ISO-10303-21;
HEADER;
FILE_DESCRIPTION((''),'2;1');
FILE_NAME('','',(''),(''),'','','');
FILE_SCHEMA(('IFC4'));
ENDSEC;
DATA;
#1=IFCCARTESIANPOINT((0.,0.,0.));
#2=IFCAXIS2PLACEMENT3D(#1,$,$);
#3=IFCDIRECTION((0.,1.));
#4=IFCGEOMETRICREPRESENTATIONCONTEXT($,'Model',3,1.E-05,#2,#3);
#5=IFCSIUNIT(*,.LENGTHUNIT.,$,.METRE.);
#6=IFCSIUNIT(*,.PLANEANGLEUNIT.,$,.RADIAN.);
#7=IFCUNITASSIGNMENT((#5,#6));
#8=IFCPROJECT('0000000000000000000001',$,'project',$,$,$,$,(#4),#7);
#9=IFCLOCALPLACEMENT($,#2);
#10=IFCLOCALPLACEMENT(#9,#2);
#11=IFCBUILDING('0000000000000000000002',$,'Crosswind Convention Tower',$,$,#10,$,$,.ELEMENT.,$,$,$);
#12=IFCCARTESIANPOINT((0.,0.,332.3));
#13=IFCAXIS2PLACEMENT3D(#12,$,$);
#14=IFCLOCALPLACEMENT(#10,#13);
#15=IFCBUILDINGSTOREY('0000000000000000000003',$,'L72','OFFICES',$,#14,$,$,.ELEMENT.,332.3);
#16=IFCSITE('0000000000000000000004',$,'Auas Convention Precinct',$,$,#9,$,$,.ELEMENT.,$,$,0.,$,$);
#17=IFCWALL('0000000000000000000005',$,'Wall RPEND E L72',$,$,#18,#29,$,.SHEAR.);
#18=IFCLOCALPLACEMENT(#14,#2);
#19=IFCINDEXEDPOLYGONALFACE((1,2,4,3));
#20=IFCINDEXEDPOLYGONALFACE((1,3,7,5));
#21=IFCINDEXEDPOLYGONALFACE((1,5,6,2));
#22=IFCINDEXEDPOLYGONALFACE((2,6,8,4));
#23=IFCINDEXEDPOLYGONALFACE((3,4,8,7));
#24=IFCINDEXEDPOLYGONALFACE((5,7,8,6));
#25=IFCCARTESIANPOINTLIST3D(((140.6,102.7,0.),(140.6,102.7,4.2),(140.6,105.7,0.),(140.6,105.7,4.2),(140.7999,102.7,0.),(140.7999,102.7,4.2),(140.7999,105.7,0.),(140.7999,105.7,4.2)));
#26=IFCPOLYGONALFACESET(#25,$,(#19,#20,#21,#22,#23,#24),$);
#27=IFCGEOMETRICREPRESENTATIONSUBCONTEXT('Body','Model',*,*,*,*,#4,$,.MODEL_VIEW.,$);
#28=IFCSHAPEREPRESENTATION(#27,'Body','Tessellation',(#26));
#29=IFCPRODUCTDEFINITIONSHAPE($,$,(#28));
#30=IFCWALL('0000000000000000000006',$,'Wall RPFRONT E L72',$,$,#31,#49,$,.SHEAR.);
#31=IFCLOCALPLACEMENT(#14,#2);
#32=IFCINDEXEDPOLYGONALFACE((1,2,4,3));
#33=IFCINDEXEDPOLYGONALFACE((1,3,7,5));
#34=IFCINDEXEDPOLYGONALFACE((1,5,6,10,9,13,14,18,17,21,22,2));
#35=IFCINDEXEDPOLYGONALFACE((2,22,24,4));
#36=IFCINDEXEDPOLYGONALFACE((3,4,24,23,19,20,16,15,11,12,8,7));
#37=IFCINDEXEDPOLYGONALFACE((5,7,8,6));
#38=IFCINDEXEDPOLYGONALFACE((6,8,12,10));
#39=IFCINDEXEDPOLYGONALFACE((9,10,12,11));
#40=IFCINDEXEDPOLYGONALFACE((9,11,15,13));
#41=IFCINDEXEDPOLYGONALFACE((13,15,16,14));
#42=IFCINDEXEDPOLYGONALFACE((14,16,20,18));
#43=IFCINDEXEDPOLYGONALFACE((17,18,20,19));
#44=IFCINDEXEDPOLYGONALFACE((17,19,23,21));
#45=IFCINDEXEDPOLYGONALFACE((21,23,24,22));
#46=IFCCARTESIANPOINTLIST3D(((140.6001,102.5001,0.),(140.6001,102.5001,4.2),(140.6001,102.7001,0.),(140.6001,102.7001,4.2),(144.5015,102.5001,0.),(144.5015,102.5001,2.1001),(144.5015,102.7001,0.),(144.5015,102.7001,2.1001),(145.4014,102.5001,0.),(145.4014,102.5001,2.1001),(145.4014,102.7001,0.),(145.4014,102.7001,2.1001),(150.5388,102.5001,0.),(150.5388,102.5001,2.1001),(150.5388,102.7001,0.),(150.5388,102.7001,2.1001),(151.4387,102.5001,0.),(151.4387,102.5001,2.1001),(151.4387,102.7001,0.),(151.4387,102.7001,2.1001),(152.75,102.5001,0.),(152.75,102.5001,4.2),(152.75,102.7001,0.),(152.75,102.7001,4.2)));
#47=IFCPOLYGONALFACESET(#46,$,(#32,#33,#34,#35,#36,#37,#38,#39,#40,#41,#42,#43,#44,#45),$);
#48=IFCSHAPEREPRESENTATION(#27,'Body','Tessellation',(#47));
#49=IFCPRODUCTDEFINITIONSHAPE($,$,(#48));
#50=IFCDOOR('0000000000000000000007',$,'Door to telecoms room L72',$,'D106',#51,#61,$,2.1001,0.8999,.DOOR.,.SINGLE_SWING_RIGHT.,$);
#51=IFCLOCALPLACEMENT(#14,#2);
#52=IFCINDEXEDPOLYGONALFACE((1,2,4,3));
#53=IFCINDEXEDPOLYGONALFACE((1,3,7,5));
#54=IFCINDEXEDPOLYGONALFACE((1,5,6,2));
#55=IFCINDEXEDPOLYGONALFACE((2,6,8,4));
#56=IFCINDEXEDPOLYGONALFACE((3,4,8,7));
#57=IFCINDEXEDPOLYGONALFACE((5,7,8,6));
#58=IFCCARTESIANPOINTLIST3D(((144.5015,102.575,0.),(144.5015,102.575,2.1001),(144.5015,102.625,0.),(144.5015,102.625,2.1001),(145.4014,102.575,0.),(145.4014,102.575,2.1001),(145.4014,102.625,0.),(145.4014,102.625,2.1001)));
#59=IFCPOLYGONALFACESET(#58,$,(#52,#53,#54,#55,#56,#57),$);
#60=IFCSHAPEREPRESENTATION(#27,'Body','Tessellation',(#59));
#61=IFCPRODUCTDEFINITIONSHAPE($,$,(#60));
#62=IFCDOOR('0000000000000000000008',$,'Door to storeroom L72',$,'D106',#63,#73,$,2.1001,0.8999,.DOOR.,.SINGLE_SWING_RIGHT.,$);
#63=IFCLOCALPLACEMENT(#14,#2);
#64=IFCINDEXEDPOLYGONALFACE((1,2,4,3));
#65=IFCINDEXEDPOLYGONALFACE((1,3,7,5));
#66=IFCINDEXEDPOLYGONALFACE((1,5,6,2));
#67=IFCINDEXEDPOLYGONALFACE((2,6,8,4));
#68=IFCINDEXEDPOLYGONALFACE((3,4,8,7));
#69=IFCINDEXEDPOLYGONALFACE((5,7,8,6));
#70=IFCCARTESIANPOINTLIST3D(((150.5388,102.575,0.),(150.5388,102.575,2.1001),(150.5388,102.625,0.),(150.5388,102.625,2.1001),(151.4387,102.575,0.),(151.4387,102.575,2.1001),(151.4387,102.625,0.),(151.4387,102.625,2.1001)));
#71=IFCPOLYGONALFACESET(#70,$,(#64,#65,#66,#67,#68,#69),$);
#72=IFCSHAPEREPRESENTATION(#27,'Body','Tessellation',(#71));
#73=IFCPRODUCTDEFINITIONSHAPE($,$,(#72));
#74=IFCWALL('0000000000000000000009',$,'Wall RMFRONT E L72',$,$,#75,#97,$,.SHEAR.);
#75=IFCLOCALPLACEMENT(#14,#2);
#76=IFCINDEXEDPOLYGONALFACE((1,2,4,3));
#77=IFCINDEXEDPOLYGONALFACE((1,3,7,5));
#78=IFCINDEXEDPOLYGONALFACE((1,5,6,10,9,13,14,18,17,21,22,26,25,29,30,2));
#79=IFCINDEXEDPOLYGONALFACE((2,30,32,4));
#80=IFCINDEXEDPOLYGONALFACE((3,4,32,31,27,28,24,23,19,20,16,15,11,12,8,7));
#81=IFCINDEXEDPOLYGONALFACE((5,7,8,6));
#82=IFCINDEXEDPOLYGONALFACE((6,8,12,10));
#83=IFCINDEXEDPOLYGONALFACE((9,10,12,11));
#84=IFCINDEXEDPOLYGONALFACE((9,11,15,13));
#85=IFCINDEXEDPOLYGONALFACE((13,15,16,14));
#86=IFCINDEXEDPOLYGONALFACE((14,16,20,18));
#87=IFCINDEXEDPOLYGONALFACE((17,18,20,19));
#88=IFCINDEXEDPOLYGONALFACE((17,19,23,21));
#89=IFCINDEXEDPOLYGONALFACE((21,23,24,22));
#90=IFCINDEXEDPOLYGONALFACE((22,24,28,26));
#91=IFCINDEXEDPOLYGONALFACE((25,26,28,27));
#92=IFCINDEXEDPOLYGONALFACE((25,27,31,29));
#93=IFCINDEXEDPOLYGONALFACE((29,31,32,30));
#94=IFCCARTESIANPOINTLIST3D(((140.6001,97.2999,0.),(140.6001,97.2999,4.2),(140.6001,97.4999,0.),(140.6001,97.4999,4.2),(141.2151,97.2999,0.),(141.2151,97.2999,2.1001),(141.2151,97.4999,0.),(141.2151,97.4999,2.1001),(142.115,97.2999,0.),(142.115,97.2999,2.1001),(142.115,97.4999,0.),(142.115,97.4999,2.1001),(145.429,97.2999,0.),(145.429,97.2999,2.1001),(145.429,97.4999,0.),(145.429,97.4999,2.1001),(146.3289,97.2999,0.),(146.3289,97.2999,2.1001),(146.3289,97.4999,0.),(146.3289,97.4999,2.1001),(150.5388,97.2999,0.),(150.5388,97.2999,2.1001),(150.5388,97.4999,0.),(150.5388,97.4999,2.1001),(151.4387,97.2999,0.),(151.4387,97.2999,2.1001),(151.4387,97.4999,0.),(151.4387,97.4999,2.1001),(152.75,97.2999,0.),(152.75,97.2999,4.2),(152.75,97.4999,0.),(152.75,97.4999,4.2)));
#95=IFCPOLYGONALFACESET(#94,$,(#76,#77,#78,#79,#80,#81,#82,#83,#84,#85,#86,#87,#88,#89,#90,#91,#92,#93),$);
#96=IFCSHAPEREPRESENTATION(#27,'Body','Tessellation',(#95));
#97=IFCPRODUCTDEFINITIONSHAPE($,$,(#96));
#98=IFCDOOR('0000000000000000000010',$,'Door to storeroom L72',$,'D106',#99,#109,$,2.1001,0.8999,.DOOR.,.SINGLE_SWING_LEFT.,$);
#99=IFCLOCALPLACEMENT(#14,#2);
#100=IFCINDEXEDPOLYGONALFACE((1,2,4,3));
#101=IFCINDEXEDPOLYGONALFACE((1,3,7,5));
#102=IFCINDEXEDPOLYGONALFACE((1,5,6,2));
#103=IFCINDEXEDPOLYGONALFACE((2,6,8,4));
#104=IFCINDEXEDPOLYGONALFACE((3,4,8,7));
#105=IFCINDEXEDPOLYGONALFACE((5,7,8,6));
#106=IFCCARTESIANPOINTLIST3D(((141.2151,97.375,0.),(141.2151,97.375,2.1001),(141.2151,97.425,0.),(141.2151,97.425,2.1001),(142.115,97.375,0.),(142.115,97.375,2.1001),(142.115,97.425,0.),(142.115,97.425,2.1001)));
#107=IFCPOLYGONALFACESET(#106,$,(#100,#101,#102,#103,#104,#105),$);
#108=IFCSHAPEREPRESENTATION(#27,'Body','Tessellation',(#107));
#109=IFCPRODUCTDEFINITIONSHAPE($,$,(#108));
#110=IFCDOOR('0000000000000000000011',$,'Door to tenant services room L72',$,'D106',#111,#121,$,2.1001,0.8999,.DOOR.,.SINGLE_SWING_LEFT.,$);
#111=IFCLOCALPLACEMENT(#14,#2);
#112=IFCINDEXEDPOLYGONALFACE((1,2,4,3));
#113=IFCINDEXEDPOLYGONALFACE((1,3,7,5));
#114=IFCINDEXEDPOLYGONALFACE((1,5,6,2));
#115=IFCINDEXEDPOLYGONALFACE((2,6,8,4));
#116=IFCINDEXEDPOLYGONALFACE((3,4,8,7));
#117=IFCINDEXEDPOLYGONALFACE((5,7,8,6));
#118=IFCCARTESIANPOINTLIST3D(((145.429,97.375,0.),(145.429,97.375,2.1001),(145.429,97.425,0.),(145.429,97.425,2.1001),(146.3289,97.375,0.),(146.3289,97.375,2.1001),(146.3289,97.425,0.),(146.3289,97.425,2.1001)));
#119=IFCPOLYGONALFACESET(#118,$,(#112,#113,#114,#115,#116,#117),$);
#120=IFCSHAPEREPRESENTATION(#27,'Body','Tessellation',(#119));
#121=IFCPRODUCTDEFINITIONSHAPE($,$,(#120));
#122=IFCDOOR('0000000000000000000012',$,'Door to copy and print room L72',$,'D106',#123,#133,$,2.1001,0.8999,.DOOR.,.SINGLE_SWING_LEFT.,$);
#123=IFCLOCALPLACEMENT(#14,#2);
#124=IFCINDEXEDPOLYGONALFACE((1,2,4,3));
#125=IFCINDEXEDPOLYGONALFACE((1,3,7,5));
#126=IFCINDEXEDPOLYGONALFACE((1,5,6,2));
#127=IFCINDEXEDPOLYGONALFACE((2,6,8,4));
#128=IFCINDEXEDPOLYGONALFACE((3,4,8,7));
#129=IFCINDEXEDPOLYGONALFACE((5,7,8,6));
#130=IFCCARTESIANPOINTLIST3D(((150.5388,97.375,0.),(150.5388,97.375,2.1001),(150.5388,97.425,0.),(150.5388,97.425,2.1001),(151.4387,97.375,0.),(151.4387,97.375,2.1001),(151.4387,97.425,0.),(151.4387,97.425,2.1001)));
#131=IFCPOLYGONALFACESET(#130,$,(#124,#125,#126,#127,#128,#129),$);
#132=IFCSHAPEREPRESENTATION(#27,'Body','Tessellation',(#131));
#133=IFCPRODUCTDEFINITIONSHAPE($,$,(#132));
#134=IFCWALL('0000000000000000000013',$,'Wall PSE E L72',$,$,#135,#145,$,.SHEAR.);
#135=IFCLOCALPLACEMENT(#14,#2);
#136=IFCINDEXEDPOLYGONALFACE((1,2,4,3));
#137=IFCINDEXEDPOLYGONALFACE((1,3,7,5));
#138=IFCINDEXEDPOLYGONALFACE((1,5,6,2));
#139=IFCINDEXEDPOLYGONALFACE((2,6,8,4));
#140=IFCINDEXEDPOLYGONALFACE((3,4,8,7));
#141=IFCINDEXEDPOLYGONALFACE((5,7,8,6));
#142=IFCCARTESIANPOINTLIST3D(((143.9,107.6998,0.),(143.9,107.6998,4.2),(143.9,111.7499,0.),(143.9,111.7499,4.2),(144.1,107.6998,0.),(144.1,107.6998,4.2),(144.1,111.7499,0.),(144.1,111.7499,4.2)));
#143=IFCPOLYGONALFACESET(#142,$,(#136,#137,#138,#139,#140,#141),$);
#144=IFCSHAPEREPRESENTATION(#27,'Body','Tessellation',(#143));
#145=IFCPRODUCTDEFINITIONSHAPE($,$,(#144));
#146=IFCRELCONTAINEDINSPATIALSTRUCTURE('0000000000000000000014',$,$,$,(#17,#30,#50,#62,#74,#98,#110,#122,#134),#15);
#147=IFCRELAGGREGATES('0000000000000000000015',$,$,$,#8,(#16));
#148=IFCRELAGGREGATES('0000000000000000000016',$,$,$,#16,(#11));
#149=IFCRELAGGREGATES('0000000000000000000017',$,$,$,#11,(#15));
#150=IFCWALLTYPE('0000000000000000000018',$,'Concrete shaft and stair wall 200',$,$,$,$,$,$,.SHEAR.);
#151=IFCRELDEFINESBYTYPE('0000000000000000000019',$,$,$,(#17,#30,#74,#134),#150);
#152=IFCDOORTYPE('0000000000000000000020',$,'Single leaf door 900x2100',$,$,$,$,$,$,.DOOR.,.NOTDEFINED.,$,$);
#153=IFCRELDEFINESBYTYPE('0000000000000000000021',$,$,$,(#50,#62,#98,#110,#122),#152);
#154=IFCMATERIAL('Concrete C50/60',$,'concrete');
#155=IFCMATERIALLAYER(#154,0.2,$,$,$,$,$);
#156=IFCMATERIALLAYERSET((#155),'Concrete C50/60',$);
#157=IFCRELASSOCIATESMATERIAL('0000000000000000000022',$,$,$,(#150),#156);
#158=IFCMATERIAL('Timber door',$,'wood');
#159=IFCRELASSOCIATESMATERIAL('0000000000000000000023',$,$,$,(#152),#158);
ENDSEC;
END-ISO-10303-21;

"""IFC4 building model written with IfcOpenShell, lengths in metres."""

from ifc_helpers import new_model, si_unit, direction, frame, frame_2d, origin, place, context, subcontext, project, spatial, rectangle, extrude, material, layer, layer_set, type_object, element, fill, save


model = new_model("IFC4")

# Units and contexts
model_context = context("Model", 3, precision=1e-05, world=origin(), true_north=direction((0.0, 1.0)))
body_context = subcontext(model_context, "Body", "Model", "MODEL_VIEW")
ifc_project = project(units=[si_unit("LENGTHUNIT", "METRE"), si_unit("PLANEANGLEUNIT", "RADIAN")], contexts=[model_context])

# Site, building, storey
site_placement = place(None, origin())
site = spatial("IfcSite", under=ifc_project, at=site_placement, Name="Auas Convention Precinct", CompositionType="ELEMENT", RefElevation=0.0)
building_placement = place(site_placement, origin())
building = spatial("IfcBuilding", under=site, at=building_placement, Name="Crosswind Convention Tower", CompositionType="ELEMENT")
storey_placement = place(building_placement, frame((0.0, 0.0, 332.3)))
storey = spatial("IfcBuildingStorey", under=building, at=storey_placement, Name="L72", Description="OFFICES", CompositionType="ELEMENT", Elevation=332.3)

# Wall
ifc_material_1 = material(Name="Concrete C50/60", Category="concrete")
ifc_layer_1 = layer(ifc_material_1, 0.2)
ifc_layer_set_1 = layer_set([ifc_layer_1], Name="Concrete C50/60")
wall_type_1 = type_object("IfcWallType", Name="Concrete shaft and stair wall 200", PredefinedType="SHEAR", material=ifc_layer_set_1)
wall_1_placement = place(storey_placement, frame((140.7, 102.7, 0.0), z_axis=(0.0, 0.0, 1.0), x_axis=(0.0, 1.0, 0.0)))
element("IfcWall", 1, at=wall_1_placement, inside=storey, type_object=wall_type_1, Name="Wall RPEND E L72", PredefinedType="SHEAR", context=body_context, shape_type="SweptSolid", body=[
    extrude(rectangle(XDim=3.0, YDim=0.2, at=frame_2d((1.5, 0.0))), origin(), (0.0, 0.0, 1.0), 4.2),
])

# Walls, openings, doors
wall_2_placement = place(storey_placement, frame((140.6001, 102.6001, 0.0), z_axis=(0.0, 0.0, 1.0), x_axis=(1.0, 0.0, 0.0)))
wall_2 = element("IfcWall", 2, at=wall_2_placement, inside=storey, type_object=wall_type_1, Name="Wall RPFRONT E L72", PredefinedType="SHEAR", context=body_context, shape_type="SweptSolid", body=[
    extrude(rectangle(XDim=12.1499, YDim=0.2, at=frame_2d((6.075, 0.0))), origin(), (0.0, 0.0, 1.0), 4.2),
])
opening_1_placement = place(wall_2_placement, frame((3.9014, 0.0, 0.0)))
opening_1 = element("IfcOpeningElement", 3, at=opening_1_placement, cuts=wall_2, PredefinedType="OPENING", context=body_context, shape_type="SweptSolid", body=[
    extrude(rectangle(XDim=0.8999, YDim=2.1001, at=frame_2d((0.45, 1.05))), frame((0.0, 0.1099, 0.0), z_axis=(0.0, -1.0, 0.0), x_axis=(1.0, 0.0, 0.0)), (0.0, 0.0, 1.0), 0.22),
])
opening_2_placement = place(wall_2_placement, frame((9.9387, 0.0, 0.0)))
opening_2 = element("IfcOpeningElement", 4, at=opening_2_placement, cuts=wall_2, PredefinedType="OPENING", context=body_context, shape_type="SweptSolid", body=[
    extrude(rectangle(XDim=0.8999, YDim=2.1001, at=frame_2d((0.45, 1.05))), frame((0.0, 0.1099, 0.0), z_axis=(0.0, -1.0, 0.0), x_axis=(1.0, 0.0, 0.0)), (0.0, 0.0, 1.0), 0.22),
])
ifc_material_2 = material(Name="Timber door", Category="wood")
door_type_1 = type_object("IfcDoorType", Name="Single leaf door 900x2100", OperationType="NOTDEFINED", PredefinedType="DOOR", material=ifc_material_2)
door_1_placement = place(opening_1_placement, origin())
door_1 = element("IfcDoor", 5, at=door_1_placement, inside=storey, type_object=door_type_1, Name="Door to telecoms room L72", ObjectType="D106", OperationType="SINGLE_SWING_RIGHT", OverallHeight=2.1001, OverallWidth=0.8999, PredefinedType="DOOR", context=body_context, shape_type="SweptSolid", body=[
    extrude(rectangle(XDim=0.8999, YDim=2.1001, at=frame_2d((0.45, 1.05))), frame((0.0, 0.0249, 0.0), z_axis=(0.0, -1.0, 0.0), x_axis=(1.0, 0.0, 0.0)), (0.0, 0.0, 1.0), 0.05),
])
fill(opening_1, door_1)
door_2_placement = place(opening_2_placement, origin())
door_2 = element("IfcDoor", 6, at=door_2_placement, inside=storey, type_object=door_type_1, Name="Door to storeroom L72", ObjectType="D106", OperationType="SINGLE_SWING_RIGHT", OverallHeight=2.1001, OverallWidth=0.8999, PredefinedType="DOOR", context=body_context, shape_type="SweptSolid", body=[
    extrude(rectangle(XDim=0.8999, YDim=2.1001, at=frame_2d((0.45, 1.05))), frame((0.0, 0.0249, 0.0), z_axis=(0.0, -1.0, 0.0), x_axis=(1.0, 0.0, 0.0)), (0.0, 0.0, 1.0), 0.05),
])
fill(opening_2, door_2)
wall_3_placement = place(storey_placement, frame((140.6001, 97.3999, 0.0), z_axis=(0.0, 0.0, 1.0), x_axis=(1.0, 0.0, 0.0)))
wall_3 = element("IfcWall", 7, at=wall_3_placement, inside=storey, type_object=wall_type_1, Name="Wall RMFRONT E L72", PredefinedType="SHEAR", context=body_context, shape_type="SweptSolid", body=[
    extrude(rectangle(XDim=12.1499, YDim=0.2, at=frame_2d((6.075, 0.0))), origin(), (0.0, 0.0, 1.0), 4.2),
])
opening_3_placement = place(wall_3_placement, frame((0.615, 0.0, 0.0)))
opening_3 = element("IfcOpeningElement", 8, at=opening_3_placement, cuts=wall_3, PredefinedType="OPENING", context=body_context, shape_type="SweptSolid", body=[
    extrude(rectangle(XDim=0.8999, YDim=2.1001, at=frame_2d((0.45, 1.05))), frame((0.0, 0.1099, 0.0), z_axis=(0.0, -1.0, 0.0), x_axis=(1.0, 0.0, 0.0)), (0.0, 0.0, 1.0), 0.22),
])
opening_4_placement = place(wall_3_placement, frame((4.8289, 0.0, 0.0)))
opening_4 = element("IfcOpeningElement", 9, at=opening_4_placement, cuts=wall_3, PredefinedType="OPENING", context=body_context, shape_type="SweptSolid", body=[
    extrude(rectangle(XDim=0.8999, YDim=2.1001, at=frame_2d((0.45, 1.05))), frame((0.0, 0.1099, 0.0), z_axis=(0.0, -1.0, 0.0), x_axis=(1.0, 0.0, 0.0)), (0.0, 0.0, 1.0), 0.22),
])
opening_5_placement = place(wall_3_placement, frame((9.9387, 0.0, 0.0)))
opening_5 = element("IfcOpeningElement", 10, at=opening_5_placement, cuts=wall_3, PredefinedType="OPENING", context=body_context, shape_type="SweptSolid", body=[
    extrude(rectangle(XDim=0.8999, YDim=2.1001, at=frame_2d((0.45, 1.05))), frame((0.0, 0.1099, 0.0), z_axis=(0.0, -1.0, 0.0), x_axis=(1.0, 0.0, 0.0)), (0.0, 0.0, 1.0), 0.22),
])
door_3_placement = place(opening_3_placement, frame((0.8999, 0.0, 0.0), z_axis=(0.0, 0.0, 1.0), x_axis=(-1.0, 0.0, 0.0)))
door_3 = element("IfcDoor", 11, at=door_3_placement, inside=storey, type_object=door_type_1, Name="Door to storeroom L72", ObjectType="D106", OperationType="SINGLE_SWING_LEFT", OverallHeight=2.1001, OverallWidth=0.8999, PredefinedType="DOOR", context=body_context, shape_type="SweptSolid", body=[
    extrude(rectangle(XDim=0.8999, YDim=2.1001, at=frame_2d((0.45, 1.05))), frame((0.0, 0.0249, 0.0), z_axis=(0.0, -1.0, 0.0), x_axis=(1.0, 0.0, 0.0)), (0.0, 0.0, 1.0), 0.05),
])
fill(opening_3, door_3)
door_4_placement = place(opening_4_placement, frame((0.8999, 0.0, 0.0), z_axis=(0.0, 0.0, 1.0), x_axis=(-1.0, 0.0, 0.0)))
door_4 = element("IfcDoor", 12, at=door_4_placement, inside=storey, type_object=door_type_1, Name="Door to tenant services room L72", ObjectType="D106", OperationType="SINGLE_SWING_LEFT", OverallHeight=2.1001, OverallWidth=0.8999, PredefinedType="DOOR", context=body_context, shape_type="SweptSolid", body=[
    extrude(rectangle(XDim=0.8999, YDim=2.1001, at=frame_2d((0.45, 1.05))), frame((0.0, 0.0249, 0.0), z_axis=(0.0, -1.0, 0.0), x_axis=(1.0, 0.0, 0.0)), (0.0, 0.0, 1.0), 0.05),
])
fill(opening_4, door_4)
door_5_placement = place(opening_5_placement, frame((0.8999, 0.0, 0.0), z_axis=(0.0, 0.0, 1.0), x_axis=(-1.0, 0.0, 0.0)))
door_5 = element("IfcDoor", 13, at=door_5_placement, inside=storey, type_object=door_type_1, Name="Door to copy and print room L72", ObjectType="D106", OperationType="SINGLE_SWING_LEFT", OverallHeight=2.1001, OverallWidth=0.8999, PredefinedType="DOOR", context=body_context, shape_type="SweptSolid", body=[
    extrude(rectangle(XDim=0.8999, YDim=2.1001, at=frame_2d((0.45, 1.05))), frame((0.0, 0.0249, 0.0), z_axis=(0.0, -1.0, 0.0), x_axis=(1.0, 0.0, 0.0)), (0.0, 0.0, 1.0), 0.05),
])
fill(opening_5, door_5)

# Wall
wall_4_placement = place(storey_placement, frame((144.0, 107.7, 0.0), z_axis=(0.0, 0.0, 1.0), x_axis=(0.0, 1.0, 0.0)))
element("IfcWall", 14, at=wall_4_placement, inside=storey, type_object=wall_type_1, Name="Wall PSE E L72", PredefinedType="SHEAR", context=body_context, shape_type="SweptSolid", body=[
    extrude(rectangle(XDim=4.05, YDim=0.2, at=frame_2d((2.0249, 0.0))), origin(), (0.0, 0.0, 1.0), 4.2),
])

save(model, "model.ifc")
